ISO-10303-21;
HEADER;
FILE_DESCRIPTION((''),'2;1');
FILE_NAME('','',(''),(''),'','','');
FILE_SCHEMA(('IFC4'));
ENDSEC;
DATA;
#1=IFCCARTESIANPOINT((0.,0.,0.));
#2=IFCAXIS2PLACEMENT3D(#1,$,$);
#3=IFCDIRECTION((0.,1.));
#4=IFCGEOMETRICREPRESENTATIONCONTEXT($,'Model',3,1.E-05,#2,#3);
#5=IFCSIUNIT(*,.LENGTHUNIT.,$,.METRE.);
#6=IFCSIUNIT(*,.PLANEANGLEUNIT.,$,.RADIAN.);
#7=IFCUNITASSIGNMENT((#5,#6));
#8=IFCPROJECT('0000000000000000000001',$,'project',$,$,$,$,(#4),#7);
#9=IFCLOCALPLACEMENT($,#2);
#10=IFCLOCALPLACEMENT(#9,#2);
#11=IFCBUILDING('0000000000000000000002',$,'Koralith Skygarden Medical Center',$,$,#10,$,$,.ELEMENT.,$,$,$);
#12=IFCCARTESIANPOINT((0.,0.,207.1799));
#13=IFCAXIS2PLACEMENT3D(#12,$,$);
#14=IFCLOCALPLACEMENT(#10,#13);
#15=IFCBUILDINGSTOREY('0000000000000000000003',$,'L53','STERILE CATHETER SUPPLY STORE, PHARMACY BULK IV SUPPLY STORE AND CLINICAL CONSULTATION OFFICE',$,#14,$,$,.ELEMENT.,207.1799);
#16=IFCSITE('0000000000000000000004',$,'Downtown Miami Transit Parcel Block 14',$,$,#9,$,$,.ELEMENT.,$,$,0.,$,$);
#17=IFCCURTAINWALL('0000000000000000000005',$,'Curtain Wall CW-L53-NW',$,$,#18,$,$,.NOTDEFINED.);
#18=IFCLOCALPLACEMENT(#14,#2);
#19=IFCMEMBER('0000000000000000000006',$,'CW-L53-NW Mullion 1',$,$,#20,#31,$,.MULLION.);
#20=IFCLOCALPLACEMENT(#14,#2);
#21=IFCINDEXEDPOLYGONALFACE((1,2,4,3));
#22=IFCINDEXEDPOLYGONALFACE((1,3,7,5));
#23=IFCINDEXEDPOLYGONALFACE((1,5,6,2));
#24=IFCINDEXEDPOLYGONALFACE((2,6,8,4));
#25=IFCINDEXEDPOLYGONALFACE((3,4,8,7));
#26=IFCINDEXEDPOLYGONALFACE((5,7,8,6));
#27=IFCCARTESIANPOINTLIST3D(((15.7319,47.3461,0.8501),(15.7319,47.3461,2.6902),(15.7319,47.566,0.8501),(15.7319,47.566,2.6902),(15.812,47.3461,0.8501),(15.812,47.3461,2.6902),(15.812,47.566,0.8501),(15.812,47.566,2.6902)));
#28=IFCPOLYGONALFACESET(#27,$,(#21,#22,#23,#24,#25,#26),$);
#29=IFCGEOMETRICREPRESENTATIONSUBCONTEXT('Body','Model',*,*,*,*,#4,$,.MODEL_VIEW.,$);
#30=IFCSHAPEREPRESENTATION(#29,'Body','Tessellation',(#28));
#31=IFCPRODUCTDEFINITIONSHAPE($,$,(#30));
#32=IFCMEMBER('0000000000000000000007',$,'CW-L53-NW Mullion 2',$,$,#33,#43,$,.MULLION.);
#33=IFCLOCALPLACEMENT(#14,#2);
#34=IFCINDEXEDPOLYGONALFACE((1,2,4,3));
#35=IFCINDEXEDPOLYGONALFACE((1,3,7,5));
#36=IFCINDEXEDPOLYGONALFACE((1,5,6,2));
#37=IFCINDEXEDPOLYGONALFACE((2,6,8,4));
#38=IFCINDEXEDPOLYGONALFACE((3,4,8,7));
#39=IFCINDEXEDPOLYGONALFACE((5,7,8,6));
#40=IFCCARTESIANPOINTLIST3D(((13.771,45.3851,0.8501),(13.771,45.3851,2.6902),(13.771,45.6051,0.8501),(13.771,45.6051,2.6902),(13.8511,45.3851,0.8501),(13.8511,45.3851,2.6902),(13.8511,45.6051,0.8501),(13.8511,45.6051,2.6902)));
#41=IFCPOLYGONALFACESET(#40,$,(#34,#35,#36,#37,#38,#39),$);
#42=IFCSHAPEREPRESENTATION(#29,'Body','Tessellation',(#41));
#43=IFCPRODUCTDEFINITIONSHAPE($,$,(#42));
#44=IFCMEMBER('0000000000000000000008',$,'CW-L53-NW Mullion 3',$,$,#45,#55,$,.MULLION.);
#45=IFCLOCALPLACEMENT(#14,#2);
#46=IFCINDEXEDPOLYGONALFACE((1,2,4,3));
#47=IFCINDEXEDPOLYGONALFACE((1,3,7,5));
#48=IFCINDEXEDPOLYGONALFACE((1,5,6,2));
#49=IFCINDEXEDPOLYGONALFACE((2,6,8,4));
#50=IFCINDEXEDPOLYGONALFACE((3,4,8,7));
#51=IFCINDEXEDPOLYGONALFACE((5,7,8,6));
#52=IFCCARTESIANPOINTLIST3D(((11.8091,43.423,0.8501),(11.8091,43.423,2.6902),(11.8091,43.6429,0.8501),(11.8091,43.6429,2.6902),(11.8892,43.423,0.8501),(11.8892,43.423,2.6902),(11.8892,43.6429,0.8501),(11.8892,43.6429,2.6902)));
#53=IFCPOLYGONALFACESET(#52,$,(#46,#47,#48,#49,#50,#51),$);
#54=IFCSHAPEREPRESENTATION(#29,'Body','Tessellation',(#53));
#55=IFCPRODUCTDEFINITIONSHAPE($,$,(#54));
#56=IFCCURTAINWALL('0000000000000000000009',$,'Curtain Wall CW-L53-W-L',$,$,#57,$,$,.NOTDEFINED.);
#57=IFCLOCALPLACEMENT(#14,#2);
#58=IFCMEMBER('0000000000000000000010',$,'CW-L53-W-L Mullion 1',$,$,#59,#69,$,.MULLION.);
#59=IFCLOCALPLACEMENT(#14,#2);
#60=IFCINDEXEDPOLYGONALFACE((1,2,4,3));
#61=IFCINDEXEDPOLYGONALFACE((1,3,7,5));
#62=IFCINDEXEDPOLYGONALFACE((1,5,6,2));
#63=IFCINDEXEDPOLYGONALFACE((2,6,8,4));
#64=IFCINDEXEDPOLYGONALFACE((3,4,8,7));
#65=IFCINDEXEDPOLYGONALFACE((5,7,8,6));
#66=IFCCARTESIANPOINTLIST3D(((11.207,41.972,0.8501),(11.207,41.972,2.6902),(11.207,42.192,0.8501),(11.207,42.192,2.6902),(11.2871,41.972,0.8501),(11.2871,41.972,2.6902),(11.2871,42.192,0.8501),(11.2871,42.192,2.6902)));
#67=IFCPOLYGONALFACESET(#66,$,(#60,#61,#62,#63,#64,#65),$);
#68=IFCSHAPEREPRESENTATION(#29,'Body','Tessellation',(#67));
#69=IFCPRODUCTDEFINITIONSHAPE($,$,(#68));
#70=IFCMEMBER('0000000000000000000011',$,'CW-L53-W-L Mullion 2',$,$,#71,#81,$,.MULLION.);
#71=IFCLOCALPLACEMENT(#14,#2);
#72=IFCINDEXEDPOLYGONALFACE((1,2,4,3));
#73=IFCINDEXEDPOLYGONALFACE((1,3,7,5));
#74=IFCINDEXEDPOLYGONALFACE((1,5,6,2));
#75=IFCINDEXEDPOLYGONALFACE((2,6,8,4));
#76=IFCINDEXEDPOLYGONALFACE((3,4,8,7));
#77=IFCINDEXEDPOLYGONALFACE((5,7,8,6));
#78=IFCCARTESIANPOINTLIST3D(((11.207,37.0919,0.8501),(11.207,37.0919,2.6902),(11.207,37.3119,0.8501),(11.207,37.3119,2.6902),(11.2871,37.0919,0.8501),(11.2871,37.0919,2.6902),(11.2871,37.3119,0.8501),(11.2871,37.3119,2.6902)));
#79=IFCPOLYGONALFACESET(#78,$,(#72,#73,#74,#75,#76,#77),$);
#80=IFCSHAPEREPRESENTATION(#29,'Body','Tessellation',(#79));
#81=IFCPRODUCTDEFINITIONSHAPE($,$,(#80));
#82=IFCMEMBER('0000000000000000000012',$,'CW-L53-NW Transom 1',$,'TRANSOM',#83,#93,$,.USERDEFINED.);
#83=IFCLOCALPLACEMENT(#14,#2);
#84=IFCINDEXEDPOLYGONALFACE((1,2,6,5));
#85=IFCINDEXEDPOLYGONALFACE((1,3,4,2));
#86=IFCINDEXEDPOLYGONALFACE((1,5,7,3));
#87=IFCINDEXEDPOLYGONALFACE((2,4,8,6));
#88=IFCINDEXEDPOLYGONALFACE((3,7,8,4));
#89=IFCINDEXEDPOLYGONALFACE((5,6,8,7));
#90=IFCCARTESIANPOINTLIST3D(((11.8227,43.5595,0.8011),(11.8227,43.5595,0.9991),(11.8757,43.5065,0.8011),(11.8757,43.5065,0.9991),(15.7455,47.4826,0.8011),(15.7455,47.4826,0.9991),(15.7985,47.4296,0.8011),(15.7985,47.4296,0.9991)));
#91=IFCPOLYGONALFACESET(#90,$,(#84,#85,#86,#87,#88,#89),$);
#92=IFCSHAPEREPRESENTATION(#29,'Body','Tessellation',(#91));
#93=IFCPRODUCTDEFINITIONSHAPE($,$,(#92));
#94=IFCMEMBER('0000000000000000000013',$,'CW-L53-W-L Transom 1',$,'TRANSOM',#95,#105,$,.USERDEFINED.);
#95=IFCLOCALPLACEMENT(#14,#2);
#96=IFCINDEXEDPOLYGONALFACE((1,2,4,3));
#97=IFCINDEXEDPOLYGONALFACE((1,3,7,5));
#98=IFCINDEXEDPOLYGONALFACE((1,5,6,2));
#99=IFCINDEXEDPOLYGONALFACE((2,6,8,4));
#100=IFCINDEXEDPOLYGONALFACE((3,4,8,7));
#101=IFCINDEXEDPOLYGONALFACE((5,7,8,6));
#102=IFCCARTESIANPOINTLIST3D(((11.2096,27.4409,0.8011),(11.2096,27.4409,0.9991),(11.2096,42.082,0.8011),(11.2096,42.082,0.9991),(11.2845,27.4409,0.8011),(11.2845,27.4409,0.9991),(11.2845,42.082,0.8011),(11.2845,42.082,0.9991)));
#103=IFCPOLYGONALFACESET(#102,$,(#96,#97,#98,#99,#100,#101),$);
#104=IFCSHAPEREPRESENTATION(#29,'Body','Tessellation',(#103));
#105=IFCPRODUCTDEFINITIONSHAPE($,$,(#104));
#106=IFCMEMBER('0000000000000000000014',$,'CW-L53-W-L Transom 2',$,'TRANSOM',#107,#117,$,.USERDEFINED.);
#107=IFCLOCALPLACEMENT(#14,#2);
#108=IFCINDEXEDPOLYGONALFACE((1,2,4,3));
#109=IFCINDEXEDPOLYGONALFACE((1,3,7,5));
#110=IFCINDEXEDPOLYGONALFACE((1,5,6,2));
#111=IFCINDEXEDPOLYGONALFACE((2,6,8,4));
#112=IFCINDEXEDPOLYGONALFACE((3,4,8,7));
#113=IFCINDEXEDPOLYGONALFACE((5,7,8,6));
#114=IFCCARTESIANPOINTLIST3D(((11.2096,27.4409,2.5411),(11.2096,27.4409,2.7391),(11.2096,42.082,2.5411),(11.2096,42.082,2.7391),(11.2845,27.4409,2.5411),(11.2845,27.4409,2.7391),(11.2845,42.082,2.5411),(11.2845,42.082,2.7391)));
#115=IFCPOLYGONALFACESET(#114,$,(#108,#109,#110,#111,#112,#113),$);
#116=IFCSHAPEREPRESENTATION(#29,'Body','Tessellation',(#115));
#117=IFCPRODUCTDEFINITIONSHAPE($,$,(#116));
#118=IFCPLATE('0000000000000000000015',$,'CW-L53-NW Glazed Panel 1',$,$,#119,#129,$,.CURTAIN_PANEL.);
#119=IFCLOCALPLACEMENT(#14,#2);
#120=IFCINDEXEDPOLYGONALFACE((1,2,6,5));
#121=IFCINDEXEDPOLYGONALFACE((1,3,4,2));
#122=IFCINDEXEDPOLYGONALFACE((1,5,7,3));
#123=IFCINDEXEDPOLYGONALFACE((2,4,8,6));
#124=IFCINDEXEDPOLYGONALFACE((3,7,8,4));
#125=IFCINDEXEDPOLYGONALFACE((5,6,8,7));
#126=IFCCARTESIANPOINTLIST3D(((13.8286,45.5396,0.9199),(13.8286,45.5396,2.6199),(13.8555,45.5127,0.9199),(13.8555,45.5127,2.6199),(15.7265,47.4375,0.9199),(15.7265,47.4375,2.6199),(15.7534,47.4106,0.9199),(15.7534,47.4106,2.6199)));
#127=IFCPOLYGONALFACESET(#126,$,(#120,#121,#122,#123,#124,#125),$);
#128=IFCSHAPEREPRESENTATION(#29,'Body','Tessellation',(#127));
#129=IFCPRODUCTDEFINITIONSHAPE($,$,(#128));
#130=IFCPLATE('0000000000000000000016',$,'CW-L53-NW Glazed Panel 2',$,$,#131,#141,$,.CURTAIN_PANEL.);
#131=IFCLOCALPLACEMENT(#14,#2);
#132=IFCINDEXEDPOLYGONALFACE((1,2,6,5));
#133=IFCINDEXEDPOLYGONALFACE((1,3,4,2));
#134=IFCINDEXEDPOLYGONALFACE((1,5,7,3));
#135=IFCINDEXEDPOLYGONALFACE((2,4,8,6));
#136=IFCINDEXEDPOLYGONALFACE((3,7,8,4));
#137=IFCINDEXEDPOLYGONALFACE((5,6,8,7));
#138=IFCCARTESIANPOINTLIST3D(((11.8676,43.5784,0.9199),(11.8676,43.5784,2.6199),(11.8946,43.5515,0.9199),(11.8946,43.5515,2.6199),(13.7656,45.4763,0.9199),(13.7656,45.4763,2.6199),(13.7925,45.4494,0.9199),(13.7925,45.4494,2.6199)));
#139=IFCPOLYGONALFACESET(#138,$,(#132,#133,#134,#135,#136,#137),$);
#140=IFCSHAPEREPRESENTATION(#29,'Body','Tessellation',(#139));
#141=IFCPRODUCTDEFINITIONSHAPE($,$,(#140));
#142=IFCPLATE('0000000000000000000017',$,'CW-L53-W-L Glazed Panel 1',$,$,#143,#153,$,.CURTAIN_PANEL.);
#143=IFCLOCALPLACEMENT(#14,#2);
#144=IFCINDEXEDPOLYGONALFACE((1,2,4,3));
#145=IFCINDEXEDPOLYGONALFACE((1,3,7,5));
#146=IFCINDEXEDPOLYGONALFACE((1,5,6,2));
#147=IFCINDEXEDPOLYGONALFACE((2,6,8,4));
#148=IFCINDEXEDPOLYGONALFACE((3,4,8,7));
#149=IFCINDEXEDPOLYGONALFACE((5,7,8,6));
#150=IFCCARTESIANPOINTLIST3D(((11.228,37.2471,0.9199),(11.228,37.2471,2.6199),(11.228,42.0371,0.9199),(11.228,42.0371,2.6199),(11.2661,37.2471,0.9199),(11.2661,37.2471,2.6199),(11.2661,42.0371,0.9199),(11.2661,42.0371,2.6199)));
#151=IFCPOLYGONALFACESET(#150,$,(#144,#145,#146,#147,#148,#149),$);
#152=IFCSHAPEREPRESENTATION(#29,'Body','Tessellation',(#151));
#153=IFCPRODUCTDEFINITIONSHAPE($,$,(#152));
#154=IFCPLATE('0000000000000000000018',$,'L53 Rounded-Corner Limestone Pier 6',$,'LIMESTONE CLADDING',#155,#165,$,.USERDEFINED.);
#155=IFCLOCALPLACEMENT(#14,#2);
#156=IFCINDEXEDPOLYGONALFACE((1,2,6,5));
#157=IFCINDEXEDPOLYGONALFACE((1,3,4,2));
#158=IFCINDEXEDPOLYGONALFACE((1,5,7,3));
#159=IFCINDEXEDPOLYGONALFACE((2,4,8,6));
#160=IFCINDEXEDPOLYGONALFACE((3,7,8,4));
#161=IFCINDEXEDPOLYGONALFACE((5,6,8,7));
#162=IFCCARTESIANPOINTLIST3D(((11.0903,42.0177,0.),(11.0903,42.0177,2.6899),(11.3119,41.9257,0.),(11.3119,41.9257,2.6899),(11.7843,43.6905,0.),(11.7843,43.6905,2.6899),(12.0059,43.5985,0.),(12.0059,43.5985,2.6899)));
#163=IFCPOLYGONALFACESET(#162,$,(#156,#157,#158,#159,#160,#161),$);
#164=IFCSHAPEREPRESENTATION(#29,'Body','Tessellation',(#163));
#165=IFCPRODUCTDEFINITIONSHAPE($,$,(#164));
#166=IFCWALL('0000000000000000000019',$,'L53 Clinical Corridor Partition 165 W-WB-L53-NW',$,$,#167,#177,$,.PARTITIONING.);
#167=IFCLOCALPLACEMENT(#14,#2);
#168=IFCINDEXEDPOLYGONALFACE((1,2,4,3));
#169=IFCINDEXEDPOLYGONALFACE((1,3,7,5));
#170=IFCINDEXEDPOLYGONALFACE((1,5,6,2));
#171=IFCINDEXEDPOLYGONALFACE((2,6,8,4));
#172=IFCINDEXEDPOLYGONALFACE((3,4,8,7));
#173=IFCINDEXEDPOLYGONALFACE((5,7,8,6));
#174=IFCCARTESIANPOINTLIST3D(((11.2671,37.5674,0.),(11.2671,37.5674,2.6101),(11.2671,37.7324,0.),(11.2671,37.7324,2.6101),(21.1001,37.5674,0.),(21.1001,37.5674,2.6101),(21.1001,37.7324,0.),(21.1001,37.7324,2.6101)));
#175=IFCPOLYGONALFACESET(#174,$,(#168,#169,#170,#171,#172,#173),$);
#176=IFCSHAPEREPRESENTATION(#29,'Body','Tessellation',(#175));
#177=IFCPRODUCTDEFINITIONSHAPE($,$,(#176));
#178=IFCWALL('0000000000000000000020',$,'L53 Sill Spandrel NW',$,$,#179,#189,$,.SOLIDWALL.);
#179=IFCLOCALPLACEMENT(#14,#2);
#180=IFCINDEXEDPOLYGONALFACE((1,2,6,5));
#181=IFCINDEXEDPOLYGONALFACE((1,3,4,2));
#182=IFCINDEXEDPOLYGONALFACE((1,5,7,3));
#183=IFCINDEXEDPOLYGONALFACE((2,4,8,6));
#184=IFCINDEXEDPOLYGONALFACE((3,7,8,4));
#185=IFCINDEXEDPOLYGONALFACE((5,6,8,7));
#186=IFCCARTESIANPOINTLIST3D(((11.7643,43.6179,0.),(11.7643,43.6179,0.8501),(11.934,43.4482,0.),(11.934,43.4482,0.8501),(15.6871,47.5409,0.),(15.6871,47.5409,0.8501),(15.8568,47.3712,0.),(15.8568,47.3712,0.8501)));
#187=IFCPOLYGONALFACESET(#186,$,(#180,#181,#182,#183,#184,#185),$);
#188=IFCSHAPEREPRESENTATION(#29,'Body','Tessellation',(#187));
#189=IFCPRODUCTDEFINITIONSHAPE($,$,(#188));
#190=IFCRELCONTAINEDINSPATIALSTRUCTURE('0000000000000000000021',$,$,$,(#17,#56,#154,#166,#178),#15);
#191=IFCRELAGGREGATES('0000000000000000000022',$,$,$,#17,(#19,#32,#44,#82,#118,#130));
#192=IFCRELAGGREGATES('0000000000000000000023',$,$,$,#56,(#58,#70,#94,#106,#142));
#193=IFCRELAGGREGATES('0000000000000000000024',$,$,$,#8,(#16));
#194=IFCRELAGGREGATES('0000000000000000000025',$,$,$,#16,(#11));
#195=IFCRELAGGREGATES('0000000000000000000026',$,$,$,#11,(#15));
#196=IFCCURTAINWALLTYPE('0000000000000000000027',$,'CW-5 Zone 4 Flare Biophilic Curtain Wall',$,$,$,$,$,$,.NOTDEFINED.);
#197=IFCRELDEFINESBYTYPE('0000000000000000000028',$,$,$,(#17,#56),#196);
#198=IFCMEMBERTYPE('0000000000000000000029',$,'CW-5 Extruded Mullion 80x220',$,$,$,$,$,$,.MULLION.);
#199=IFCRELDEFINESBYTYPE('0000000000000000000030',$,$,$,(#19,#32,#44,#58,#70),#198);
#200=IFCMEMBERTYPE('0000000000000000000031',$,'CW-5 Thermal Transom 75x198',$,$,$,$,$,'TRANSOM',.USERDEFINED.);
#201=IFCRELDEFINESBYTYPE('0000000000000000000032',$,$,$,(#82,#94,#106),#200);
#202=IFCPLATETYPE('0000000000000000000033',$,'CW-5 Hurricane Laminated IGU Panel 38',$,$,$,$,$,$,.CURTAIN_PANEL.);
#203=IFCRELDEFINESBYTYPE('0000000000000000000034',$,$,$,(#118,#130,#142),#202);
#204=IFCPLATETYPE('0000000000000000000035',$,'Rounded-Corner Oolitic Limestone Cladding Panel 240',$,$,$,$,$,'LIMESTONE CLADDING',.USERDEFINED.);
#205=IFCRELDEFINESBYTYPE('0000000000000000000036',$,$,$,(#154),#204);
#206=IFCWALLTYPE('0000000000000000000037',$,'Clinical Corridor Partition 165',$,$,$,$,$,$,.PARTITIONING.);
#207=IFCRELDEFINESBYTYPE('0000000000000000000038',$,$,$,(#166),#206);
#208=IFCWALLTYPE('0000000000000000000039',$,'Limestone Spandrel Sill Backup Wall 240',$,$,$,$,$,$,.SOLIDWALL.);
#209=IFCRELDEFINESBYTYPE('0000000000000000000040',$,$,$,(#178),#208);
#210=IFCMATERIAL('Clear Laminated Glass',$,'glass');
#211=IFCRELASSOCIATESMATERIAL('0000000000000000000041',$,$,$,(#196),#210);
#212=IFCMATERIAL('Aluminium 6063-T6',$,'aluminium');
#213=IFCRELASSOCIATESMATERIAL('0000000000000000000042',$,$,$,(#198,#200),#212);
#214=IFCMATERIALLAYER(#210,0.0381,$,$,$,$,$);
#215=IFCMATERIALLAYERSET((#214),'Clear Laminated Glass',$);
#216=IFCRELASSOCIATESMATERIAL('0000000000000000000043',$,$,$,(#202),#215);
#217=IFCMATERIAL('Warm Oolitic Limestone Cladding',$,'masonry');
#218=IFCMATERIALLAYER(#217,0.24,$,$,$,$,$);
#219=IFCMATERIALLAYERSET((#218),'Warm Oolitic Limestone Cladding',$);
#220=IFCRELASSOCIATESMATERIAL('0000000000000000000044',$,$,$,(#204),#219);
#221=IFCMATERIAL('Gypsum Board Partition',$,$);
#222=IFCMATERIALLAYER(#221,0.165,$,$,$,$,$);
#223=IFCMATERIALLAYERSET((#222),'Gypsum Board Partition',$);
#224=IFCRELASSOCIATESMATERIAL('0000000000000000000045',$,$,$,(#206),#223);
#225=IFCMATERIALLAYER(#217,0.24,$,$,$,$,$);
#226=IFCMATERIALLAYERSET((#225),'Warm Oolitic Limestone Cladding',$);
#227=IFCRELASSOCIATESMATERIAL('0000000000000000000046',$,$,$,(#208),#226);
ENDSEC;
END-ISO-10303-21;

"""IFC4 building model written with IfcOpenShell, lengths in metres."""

from ifc_helpers import new_model, si_unit, direction, frame, frame_2d, origin, origin_2d, place, context, subcontext, project, spatial, rectangle, extrude, material, layer, layer_set, material_profile, profile_set, type_object, element, aggregate, save


model = new_model("IFC4")

# Units and contexts
model_context = context("Model", 3, precision=1e-05, world=origin(), true_north=direction((0.0, 1.0)))
body_context = subcontext(model_context, "Body", "Model", "MODEL_VIEW")
ifc_project = project(units=[si_unit("LENGTHUNIT", "METRE"), si_unit("PLANEANGLEUNIT", "RADIAN")], contexts=[model_context])

# Site, building, storey
site_placement = place(None, origin())
site = spatial("IfcSite", under=ifc_project, at=site_placement, Name="Downtown Miami Transit Parcel Block 14", CompositionType="ELEMENT", RefElevation=0.0)
building_placement = place(site_placement, origin())
building = spatial("IfcBuilding", under=site, at=building_placement, Name="Koralith Skygarden Medical Center", CompositionType="ELEMENT")
storey_placement = place(building_placement, frame((0.0, 0.0, 207.1799)))
storey = spatial("IfcBuildingStorey", under=building, at=storey_placement, Name="L53", Description="STERILE CATHETER SUPPLY STORE, PHARMACY BULK IV SUPPLY STORE AND CLINICAL CONSULTATION OFFICE", CompositionType="ELEMENT", Elevation=207.1799)

# Curtain walls, members
ifc_material_1 = material(Name="Clear Laminated Glass", Category="glass")
curtain_wall_type = type_object("IfcCurtainWallType", Name="CW-5 Zone 4 Flare Biophilic Curtain Wall", PredefinedType="NOTDEFINED", material=ifc_material_1)
curtain_wall_1_placement = place(storey_placement, origin())
curtain_wall_1 = element("IfcCurtainWall", 1, at=curtain_wall_1_placement, inside=storey, type_object=curtain_wall_type, Name="Curtain Wall CW-L53-NW", PredefinedType="NOTDEFINED")
ifc_material_2 = material(Name="Aluminium 6063-T6", Category="aluminium")
ifc_material_profile_1 = material_profile(ifc_material_2, rectangle(XDim=0.0801, YDim=0.22, at=origin_2d()), Name="MUL80X220")
ifc_profile_set_1 = profile_set([ifc_material_profile_1], Name="Aluminium 6063-T6")
member_type_1 = type_object("IfcMemberType", Name="CW-5 Extruded Mullion 80x220", PredefinedType="MULLION", material=ifc_profile_set_1)
member_1_placement = place(storey_placement, frame((15.772, 47.4561, 0.8501), z_axis=(0.0, 0.0, 1.0), x_axis=(1.0, 0.0, 0.0)))
member_1 = element("IfcMember", 2, at=member_1_placement, type_object=member_type_1, Name="CW-L53-NW Mullion 1", PredefinedType="MULLION", context=body_context, shape_type="SweptSolid", body=[
    extrude(rectangle(XDim=0.0801, YDim=0.22, at=origin_2d()), origin(), (0.0, 0.0, 1.0), 1.8401),
])
member_2_placement = place(storey_placement, frame((13.811, 45.4951, 0.8501), z_axis=(0.0, 0.0, 1.0), x_axis=(1.0, 0.0, 0.0)))
member_2 = element("IfcMember", 3, at=member_2_placement, type_object=member_type_1, Name="CW-L53-NW Mullion 2", PredefinedType="MULLION", context=body_context, shape_type="SweptSolid", body=[
    extrude(rectangle(XDim=0.0801, YDim=0.22, at=origin_2d()), origin(), (0.0, 0.0, 1.0), 1.8401),
])
member_3_placement = place(storey_placement, frame((11.8491, 43.533, 0.8501), z_axis=(0.0, 0.0, 1.0), x_axis=(1.0, 0.0, 0.0)))
member_3 = element("IfcMember", 4, at=member_3_placement, type_object=member_type_1, Name="CW-L53-NW Mullion 3", PredefinedType="MULLION", context=body_context, shape_type="SweptSolid", body=[
    extrude(rectangle(XDim=0.0801, YDim=0.22, at=origin_2d()), origin(), (0.0, 0.0, 1.0), 1.8401),
])
curtain_wall_2_placement = place(storey_placement, origin())
curtain_wall_2 = element("IfcCurtainWall", 5, at=curtain_wall_2_placement, inside=storey, type_object=curtain_wall_type, Name="Curtain Wall CW-L53-W-L", PredefinedType="NOTDEFINED")
member_4_placement = place(storey_placement, frame((11.2471, 42.082, 0.8501), z_axis=(0.0, 0.0, 1.0), x_axis=(1.0, 0.0, 0.0)))
member_4 = element("IfcMember", 6, at=member_4_placement, type_object=member_type_1, Name="CW-L53-W-L Mullion 1", PredefinedType="MULLION", context=body_context, shape_type="SweptSolid", body=[
    extrude(rectangle(XDim=0.0801, YDim=0.22, at=origin_2d()), origin(), (0.0, 0.0, 1.0), 1.8401),
])
member_5_placement = place(storey_placement, frame((11.2471, 37.2019, 0.8501), z_axis=(0.0, 0.0, 1.0), x_axis=(1.0, 0.0, 0.0)))
member_5 = element("IfcMember", 7, at=member_5_placement, type_object=member_type_1, Name="CW-L53-W-L Mullion 2", PredefinedType="MULLION", context=body_context, shape_type="SweptSolid", body=[
    extrude(rectangle(XDim=0.0801, YDim=0.22, at=origin_2d()), origin(), (0.0, 0.0, 1.0), 1.8401),
])

# Members
ifc_material_profile_2 = material_profile(ifc_material_2, rectangle(XDim=0.075, YDim=0.198, at=origin_2d()), Name="TRN75X198")
ifc_profile_set_2 = profile_set([ifc_material_profile_2], Name="Aluminium 6063-T6")
member_type_2 = type_object("IfcMemberType", Name="CW-5 Thermal Transom 75x198", ElementType="TRANSOM", PredefinedType="USERDEFINED", material=ifc_profile_set_2)
member_6_placement = place(storey_placement, frame((15.772, 47.4561, 0.9001), z_axis=(-0.707085, -0.707129, 0.0), x_axis=(0.707129, -0.707085, 0.0)))
member_6 = element("IfcMember", 8, at=member_6_placement, type_object=member_type_2, Name="CW-L53-NW Transom 1", ObjectType="TRANSOM", PredefinedType="USERDEFINED", context=body_context, shape_type="SweptSolid", body=[
    extrude(rectangle(XDim=0.075, YDim=0.198, at=origin_2d()), origin(), (0.0, 0.0, 1.0), 5.5479),
])
member_7_placement = place(storey_placement, frame((11.2471, 42.082, 0.9001), z_axis=(0.0, -1.0, 0.0), x_axis=(1.0, 0.0, 0.0)))
member_7 = element("IfcMember", 9, at=member_7_placement, type_object=member_type_2, Name="CW-L53-W-L Transom 1", ObjectType="TRANSOM", PredefinedType="USERDEFINED", context=body_context, shape_type="SweptSolid", body=[
    extrude(rectangle(XDim=0.075, YDim=0.198, at=origin_2d()), origin(), (0.0, 0.0, 1.0), 14.6411),
])
member_8_placement = place(storey_placement, frame((11.2471, 42.082, 2.6401), z_axis=(0.0, -1.0, 0.0), x_axis=(1.0, 0.0, 0.0)))
member_8 = element("IfcMember", 10, at=member_8_placement, type_object=member_type_2, Name="CW-L53-W-L Transom 2", ObjectType="TRANSOM", PredefinedType="USERDEFINED", context=body_context, shape_type="SweptSolid", body=[
    extrude(rectangle(XDim=0.075, YDim=0.198, at=origin_2d()), origin(), (0.0, 0.0, 1.0), 14.6411),
])

# Plates
ifc_layer_1 = layer(ifc_material_1, 0.0381)
ifc_layer_set_1 = layer_set([ifc_layer_1], Name="Clear Laminated Glass")
plate_type_1 = type_object("IfcPlateType", Name="CW-5 Hurricane Laminated IGU Panel 38", PredefinedType="CURTAIN_PANEL", material=ifc_layer_set_1)
plate_1_placement = place(storey_placement, frame((14.791, 46.4751, 0.9199), z_axis=(0.0, 0.0, 1.0), x_axis=(-0.707107, -0.707107, 0.0)))
plate_1 = element("IfcPlate", 11, at=plate_1_placement, type_object=plate_type_1, Name="CW-L53-NW Glazed Panel 1", PredefinedType="CURTAIN_PANEL", context=body_context, shape_type="SweptSolid", body=[
    extrude(rectangle(XDim=2.6841, YDim=0.0381, at=origin_2d()), origin(), (0.0, 0.0, 1.0), 1.7),
])
plate_2_placement = place(storey_placement, frame((12.8301, 44.5139, 0.9199), z_axis=(0.0, 0.0, 1.0), x_axis=(-0.707107, -0.707107, 0.0)))
plate_2 = element("IfcPlate", 12, at=plate_2_placement, type_object=plate_type_1, Name="CW-L53-NW Glazed Panel 2", PredefinedType="CURTAIN_PANEL", context=body_context, shape_type="SweptSolid", body=[
    extrude(rectangle(XDim=2.6841, YDim=0.0381, at=origin_2d()), origin(), (0.0, 0.0, 1.0), 1.7),
])
aggregate(curtain_wall_1, [member_1, member_2, member_3, member_6, plate_1, plate_2])
plate_3_placement = place(storey_placement, frame((11.2471, 39.6421, 0.9199), z_axis=(0.0, 0.0, 1.0), x_axis=(0.0, -1.0, 0.0)))
plate_3 = element("IfcPlate", 13, at=plate_3_placement, type_object=plate_type_1, Name="CW-L53-W-L Glazed Panel 1", PredefinedType="CURTAIN_PANEL", context=body_context, shape_type="SweptSolid", body=[
    extrude(rectangle(XDim=4.79, YDim=0.0381, at=origin_2d()), origin(), (0.0, 0.0, 1.0), 1.7),
])
aggregate(curtain_wall_2, [member_4, member_5, member_7, member_8, plate_3])
ifc_material_3 = material(Name="Warm Oolitic Limestone Cladding", Category="masonry")
ifc_layer_2 = layer(ifc_material_3, 0.24)
ifc_layer_set_2 = layer_set([ifc_layer_2], Name="Warm Oolitic Limestone Cladding")
plate_type_2 = type_object("IfcPlateType", Name="Rounded-Corner Oolitic Limestone Cladding Panel 240", ElementType="LIMESTONE CLADDING", PredefinedType="USERDEFINED", material=ifc_layer_set_2)
plate_4_placement = place(storey_placement, frame((11.5481, 42.8081, 0.0), z_axis=(0.0, 0.0, 1.0), x_axis=(-0.383214, -0.92366, 0.0)))
element("IfcPlate", 14, at=plate_4_placement, inside=storey, type_object=plate_type_2, Name="L53 Rounded-Corner Limestone Pier 6", ObjectType="LIMESTONE CLADDING", PredefinedType="USERDEFINED", context=body_context, shape_type="SweptSolid", body=[
    extrude(rectangle(XDim=1.811, YDim=0.24, at=origin_2d()), origin(), (0.0, 0.0, 1.0), 2.6899),
])

# Walls
ifc_material_4 = material(Name="Gypsum Board Partition")
ifc_layer_3 = layer(ifc_material_4, 0.165)
ifc_layer_set_3 = layer_set([ifc_layer_3], Name="Gypsum Board Partition")
wall_type_1 = type_object("IfcWallType", Name="Clinical Corridor Partition 165", PredefinedType="PARTITIONING", material=ifc_layer_set_3)
wall_1_placement = place(storey_placement, frame((11.2671, 37.6499, 0.0), z_axis=(0.0, 0.0, 1.0), x_axis=(1.0, 0.0, 0.0)))
element("IfcWall", 15, at=wall_1_placement, inside=storey, type_object=wall_type_1, Name="L53 Clinical Corridor Partition 165 W-WB-L53-NW", PredefinedType="PARTITIONING", context=body_context, shape_type="SweptSolid", body=[
    extrude(rectangle(XDim=9.833, YDim=0.165, at=frame_2d((4.9165, 0.0))), origin(), (0.0, 0.0, 1.0), 2.6101),
])
ifc_layer_4 = layer(ifc_material_3, 0.24)
ifc_layer_set_4 = layer_set([ifc_layer_4], Name="Warm Oolitic Limestone Cladding")
wall_type_2 = type_object("IfcWallType", Name="Limestone Spandrel Sill Backup Wall 240", PredefinedType="SOLIDWALL", material=ifc_layer_set_4)
wall_2_placement = place(storey_placement, frame((15.772, 47.4561, 0.0), z_axis=(0.0, 0.0, 1.0), x_axis=(-0.707085, -0.707129, 0.0)))
element("IfcWall", 16, at=wall_2_placement, inside=storey, type_object=wall_type_2, Name="L53 Sill Spandrel NW", PredefinedType="SOLIDWALL", context=body_context, shape_type="SweptSolid", body=[
    extrude(rectangle(XDim=5.5479, YDim=0.24, at=frame_2d((2.7739, 0.0))), origin(), (0.0, 0.0, 1.0), 0.8501),
])

save(model, "model.ifc")
